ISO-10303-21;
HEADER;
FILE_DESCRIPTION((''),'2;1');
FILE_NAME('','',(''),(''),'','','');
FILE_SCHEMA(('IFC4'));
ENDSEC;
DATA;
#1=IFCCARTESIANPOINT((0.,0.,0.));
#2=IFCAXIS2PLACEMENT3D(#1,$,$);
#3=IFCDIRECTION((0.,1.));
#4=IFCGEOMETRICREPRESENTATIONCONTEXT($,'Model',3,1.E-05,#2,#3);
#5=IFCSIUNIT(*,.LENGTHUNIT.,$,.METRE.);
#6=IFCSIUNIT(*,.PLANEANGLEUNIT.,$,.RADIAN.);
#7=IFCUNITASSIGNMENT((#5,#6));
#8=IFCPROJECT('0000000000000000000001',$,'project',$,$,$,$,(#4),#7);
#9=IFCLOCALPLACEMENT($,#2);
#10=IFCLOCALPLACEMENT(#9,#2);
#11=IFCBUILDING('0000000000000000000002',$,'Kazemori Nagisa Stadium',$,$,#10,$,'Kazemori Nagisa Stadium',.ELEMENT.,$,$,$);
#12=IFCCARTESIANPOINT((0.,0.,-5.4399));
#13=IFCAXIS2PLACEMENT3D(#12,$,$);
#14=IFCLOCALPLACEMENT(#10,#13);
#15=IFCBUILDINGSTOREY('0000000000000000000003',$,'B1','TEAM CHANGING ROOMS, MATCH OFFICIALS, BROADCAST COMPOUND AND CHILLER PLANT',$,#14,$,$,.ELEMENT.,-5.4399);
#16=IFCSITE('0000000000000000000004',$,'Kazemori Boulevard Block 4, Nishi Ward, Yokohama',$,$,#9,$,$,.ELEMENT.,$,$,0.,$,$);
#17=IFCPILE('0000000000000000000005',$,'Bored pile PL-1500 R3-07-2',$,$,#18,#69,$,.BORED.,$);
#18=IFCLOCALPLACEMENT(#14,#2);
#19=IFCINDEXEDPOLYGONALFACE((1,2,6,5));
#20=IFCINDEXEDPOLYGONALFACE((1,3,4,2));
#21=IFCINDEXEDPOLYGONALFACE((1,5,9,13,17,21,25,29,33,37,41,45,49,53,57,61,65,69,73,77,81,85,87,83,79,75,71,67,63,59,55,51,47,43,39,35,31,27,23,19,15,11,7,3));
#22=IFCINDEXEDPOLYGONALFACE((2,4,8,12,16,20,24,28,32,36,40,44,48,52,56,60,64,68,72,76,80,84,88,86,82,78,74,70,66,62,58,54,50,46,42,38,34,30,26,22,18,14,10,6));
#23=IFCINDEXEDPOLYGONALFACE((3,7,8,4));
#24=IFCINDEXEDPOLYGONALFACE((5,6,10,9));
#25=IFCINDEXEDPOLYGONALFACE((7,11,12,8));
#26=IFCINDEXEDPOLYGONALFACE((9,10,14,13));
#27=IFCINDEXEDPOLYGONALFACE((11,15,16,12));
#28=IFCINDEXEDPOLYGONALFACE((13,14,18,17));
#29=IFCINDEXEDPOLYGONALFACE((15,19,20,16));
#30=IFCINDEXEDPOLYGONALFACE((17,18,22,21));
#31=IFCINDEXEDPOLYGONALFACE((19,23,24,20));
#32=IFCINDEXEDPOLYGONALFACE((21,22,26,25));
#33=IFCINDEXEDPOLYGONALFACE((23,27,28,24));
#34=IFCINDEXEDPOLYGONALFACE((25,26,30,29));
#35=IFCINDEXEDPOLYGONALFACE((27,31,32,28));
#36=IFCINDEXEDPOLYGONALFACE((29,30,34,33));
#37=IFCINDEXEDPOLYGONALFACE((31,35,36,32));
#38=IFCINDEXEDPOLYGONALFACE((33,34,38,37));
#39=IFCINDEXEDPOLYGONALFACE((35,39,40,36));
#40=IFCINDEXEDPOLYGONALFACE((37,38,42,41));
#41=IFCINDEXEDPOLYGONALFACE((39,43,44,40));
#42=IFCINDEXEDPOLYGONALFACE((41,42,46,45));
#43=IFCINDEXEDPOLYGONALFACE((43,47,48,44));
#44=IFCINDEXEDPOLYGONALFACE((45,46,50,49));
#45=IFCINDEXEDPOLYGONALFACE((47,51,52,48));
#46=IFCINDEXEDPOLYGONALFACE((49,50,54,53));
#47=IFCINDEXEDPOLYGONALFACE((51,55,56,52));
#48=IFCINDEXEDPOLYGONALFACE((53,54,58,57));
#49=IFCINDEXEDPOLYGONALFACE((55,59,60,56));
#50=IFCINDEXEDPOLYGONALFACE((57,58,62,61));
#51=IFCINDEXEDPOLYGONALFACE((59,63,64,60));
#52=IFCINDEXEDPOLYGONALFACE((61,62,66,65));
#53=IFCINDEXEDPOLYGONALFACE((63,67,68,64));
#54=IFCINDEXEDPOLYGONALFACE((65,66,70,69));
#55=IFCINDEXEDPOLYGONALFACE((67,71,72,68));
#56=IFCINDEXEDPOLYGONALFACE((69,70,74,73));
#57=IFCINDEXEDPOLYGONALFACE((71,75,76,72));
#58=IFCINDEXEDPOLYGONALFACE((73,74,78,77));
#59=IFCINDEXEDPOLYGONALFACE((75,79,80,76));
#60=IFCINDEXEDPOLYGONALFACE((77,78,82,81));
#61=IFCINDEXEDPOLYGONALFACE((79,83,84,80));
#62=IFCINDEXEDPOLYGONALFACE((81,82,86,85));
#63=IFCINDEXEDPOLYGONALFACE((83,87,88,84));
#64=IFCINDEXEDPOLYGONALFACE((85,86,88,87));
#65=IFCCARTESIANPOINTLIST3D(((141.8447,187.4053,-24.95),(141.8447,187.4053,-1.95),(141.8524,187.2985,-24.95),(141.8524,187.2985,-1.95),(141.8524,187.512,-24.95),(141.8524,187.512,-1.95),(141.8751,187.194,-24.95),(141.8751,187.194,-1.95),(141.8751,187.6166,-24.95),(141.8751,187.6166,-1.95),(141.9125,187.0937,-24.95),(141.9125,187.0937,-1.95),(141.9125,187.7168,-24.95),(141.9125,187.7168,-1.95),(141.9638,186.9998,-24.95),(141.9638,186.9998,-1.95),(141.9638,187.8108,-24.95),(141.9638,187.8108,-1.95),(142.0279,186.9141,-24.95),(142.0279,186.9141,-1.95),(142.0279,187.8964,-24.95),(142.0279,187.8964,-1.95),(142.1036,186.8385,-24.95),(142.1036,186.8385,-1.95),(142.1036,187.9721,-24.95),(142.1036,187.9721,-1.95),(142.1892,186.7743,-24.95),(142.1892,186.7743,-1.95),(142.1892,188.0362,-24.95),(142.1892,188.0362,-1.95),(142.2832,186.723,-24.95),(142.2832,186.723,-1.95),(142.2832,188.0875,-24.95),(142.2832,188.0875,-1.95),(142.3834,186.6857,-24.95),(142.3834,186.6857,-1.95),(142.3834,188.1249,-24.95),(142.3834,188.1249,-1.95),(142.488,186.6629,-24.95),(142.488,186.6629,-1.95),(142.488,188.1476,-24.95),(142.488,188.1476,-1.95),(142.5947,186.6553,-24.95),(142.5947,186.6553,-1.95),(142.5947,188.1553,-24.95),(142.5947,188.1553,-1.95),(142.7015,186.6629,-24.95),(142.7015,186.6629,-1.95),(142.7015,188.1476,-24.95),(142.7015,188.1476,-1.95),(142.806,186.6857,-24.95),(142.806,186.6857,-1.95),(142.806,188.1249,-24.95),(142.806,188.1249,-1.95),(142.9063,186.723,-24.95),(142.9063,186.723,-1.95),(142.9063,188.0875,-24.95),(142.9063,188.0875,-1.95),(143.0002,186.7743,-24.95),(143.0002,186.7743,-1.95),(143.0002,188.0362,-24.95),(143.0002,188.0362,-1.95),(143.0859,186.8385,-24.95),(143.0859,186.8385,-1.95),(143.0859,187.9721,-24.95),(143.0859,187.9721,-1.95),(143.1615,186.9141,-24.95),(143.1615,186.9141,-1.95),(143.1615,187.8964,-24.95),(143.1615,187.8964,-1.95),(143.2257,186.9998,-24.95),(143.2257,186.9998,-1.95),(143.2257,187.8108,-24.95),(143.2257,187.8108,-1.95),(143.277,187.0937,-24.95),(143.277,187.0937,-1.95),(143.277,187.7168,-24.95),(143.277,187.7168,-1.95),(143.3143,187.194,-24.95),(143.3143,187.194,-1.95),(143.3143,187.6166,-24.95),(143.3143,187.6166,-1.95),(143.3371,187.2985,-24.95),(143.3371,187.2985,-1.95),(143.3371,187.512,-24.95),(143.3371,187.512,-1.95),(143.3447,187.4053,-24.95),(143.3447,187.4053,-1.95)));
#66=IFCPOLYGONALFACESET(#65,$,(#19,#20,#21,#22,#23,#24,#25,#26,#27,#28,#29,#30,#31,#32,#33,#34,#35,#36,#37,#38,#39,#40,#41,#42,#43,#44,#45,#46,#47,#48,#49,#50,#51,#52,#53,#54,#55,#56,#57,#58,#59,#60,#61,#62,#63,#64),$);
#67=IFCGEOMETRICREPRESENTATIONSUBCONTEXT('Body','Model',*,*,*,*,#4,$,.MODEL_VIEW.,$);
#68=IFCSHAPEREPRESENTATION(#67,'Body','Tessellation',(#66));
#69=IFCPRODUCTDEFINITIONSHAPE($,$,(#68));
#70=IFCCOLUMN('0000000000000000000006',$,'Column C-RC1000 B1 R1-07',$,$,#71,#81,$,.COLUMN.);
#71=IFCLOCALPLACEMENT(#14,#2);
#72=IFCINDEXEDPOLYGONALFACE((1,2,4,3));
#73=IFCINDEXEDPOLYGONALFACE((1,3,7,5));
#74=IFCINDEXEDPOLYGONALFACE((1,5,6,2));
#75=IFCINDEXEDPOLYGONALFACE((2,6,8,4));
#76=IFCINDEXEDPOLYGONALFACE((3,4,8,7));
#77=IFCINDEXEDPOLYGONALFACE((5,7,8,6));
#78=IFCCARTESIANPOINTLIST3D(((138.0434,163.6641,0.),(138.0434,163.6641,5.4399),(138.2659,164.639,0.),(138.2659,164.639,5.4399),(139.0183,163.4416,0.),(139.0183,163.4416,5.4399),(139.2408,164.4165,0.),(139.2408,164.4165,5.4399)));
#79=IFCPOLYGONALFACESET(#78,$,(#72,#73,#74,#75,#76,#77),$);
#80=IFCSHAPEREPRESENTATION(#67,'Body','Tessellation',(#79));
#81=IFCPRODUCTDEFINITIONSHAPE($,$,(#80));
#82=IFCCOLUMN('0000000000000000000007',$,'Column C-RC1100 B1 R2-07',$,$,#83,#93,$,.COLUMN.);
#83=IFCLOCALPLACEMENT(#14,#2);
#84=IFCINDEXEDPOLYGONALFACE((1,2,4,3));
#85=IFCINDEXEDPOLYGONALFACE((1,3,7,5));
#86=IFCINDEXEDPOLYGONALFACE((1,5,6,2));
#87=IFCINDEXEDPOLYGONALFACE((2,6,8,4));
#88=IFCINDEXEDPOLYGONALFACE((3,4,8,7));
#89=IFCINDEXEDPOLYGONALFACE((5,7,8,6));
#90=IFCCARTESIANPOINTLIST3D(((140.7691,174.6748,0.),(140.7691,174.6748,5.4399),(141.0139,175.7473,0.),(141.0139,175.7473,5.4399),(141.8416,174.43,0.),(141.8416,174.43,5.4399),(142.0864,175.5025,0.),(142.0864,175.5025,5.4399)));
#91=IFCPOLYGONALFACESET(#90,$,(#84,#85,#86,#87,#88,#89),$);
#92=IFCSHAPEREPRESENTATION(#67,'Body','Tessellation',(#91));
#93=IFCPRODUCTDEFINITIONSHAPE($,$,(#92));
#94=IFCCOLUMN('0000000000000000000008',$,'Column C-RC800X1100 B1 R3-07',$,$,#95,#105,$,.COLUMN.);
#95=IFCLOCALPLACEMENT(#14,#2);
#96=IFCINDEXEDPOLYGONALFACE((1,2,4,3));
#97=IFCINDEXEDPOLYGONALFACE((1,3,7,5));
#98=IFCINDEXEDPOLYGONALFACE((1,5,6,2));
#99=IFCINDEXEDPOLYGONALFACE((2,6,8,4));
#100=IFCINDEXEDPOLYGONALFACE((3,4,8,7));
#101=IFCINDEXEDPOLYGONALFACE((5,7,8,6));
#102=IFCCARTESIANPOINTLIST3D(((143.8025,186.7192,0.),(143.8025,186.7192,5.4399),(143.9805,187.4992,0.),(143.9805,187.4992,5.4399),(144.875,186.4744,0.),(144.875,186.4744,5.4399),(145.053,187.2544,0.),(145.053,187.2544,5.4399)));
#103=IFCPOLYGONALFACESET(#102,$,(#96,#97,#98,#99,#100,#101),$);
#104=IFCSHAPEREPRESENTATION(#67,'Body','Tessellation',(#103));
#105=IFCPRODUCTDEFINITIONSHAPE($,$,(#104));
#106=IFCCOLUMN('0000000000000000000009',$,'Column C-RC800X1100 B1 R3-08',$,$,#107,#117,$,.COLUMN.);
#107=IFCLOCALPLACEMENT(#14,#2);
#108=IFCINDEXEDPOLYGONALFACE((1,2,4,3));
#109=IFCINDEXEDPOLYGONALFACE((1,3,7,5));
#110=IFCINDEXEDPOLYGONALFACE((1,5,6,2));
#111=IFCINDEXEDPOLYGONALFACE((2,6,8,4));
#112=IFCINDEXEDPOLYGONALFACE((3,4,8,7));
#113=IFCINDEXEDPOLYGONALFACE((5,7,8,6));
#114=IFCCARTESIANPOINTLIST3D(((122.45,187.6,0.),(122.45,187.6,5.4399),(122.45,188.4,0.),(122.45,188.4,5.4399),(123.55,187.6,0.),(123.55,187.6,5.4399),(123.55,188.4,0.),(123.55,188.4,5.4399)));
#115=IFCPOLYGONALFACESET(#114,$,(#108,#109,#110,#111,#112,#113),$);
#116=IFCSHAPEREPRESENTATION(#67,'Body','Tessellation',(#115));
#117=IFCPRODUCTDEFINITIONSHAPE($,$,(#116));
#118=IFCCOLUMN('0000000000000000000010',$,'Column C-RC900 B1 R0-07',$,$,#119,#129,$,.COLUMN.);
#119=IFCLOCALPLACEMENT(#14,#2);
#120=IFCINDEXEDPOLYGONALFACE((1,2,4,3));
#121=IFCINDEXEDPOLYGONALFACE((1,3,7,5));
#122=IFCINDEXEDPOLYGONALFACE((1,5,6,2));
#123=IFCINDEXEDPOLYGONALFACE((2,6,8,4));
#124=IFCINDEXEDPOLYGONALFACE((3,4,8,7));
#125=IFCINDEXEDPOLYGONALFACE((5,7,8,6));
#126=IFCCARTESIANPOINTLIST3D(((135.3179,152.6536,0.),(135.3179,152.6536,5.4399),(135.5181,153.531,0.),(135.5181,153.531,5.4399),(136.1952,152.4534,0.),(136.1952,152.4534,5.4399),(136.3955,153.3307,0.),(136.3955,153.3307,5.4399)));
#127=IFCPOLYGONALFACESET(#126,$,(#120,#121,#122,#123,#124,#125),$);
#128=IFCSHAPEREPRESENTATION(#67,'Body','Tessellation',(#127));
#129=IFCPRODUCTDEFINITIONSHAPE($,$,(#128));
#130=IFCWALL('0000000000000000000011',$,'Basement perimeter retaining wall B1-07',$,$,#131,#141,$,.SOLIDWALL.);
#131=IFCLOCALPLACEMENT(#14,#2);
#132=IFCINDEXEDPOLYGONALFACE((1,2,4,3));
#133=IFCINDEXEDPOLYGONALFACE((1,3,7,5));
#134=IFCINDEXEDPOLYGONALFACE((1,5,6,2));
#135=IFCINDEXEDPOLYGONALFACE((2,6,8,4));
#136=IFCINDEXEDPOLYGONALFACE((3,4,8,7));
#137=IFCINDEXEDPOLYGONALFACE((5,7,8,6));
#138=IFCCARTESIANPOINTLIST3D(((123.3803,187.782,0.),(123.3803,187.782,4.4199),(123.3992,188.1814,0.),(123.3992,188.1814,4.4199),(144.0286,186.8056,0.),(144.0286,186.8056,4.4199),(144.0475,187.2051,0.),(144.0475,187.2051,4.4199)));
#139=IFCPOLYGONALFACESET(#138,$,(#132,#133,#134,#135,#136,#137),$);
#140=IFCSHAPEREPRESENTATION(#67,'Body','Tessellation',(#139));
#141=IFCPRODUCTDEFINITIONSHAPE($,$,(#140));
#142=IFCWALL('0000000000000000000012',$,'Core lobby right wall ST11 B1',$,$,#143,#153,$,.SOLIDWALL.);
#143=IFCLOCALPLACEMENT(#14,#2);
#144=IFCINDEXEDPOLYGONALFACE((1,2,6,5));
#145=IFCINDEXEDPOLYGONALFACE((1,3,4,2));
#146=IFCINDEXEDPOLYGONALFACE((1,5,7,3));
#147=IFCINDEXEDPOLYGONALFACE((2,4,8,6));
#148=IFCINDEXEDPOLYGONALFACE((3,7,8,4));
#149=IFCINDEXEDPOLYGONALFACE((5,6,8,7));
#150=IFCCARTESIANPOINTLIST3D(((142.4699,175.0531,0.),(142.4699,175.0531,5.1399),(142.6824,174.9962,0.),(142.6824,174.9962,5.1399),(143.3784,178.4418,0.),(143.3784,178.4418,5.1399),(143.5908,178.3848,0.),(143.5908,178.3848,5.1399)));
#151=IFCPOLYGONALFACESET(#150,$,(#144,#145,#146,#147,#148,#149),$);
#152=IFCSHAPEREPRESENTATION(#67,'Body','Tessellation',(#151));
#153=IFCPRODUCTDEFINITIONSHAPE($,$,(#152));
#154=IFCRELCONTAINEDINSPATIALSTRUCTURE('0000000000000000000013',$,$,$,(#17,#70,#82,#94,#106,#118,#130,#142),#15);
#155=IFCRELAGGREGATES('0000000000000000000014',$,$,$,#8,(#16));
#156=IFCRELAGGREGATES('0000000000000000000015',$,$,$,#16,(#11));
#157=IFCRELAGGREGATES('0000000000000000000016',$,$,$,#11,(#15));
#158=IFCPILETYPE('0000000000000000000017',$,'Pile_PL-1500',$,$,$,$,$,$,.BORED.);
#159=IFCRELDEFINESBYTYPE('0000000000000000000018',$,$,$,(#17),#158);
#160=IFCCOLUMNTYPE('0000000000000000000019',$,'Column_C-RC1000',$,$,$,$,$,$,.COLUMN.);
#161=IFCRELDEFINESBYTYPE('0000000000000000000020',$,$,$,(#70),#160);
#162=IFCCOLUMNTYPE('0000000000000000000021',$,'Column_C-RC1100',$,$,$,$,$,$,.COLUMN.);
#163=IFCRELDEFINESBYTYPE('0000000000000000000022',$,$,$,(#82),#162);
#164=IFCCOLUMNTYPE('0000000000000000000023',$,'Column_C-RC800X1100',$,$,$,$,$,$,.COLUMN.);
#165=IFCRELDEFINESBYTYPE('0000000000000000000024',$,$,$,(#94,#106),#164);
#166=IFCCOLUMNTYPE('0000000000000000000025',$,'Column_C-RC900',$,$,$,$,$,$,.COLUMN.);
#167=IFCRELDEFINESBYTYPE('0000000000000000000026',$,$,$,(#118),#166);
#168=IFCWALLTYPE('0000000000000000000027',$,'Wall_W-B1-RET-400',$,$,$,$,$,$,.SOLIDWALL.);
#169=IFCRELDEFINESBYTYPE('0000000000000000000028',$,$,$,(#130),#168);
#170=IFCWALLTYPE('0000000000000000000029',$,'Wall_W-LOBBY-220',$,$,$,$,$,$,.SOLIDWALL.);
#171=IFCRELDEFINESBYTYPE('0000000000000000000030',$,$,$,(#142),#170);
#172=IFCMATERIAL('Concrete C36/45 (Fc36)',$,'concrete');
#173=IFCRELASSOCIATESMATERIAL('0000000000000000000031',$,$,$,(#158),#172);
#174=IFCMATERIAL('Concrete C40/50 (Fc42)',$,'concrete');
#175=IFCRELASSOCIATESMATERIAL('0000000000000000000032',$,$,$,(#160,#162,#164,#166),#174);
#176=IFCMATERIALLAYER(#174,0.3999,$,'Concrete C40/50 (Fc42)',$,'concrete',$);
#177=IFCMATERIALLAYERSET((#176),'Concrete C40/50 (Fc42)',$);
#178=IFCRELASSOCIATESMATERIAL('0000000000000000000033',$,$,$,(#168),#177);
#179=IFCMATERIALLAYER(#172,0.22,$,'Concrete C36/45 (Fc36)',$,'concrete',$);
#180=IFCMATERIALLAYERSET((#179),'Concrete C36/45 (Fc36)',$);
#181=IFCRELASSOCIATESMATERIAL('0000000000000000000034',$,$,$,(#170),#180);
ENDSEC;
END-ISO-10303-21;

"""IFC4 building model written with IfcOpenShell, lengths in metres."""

from ifc_helpers import new_model, si_unit, direction, frame, frame_2d, origin, origin_2d, place, context, subcontext, project, spatial, rectangle, circle, extrude, material, layer, layer_set, material_profile, profile_set, type_object, element, save


model = new_model("IFC4")

# Units and contexts
model_context = context("Model", 3, precision=1e-05, world=origin(), true_north=direction((0.0, 1.0)))
body_context = subcontext(model_context, "Body", "Model", "MODEL_VIEW")
ifc_project = project(units=[si_unit("LENGTHUNIT", "METRE"), si_unit("PLANEANGLEUNIT", "RADIAN")], contexts=[model_context])

# Site, building, storey
site_placement = place(None, origin())
site = spatial("IfcSite", under=ifc_project, at=site_placement, Name="Kazemori Boulevard Block 4, Nishi Ward, Yokohama", CompositionType="ELEMENT", RefElevation=0.0)
building_placement = place(site_placement, origin())
building = spatial("IfcBuilding", under=site, at=building_placement, Name="Kazemori Nagisa Stadium", LongName="Kazemori Nagisa Stadium", CompositionType="ELEMENT")
storey_placement = place(building_placement, frame((0.0, 0.0, -5.4399)))
storey = spatial("IfcBuildingStorey", under=building, at=storey_placement, Name="B1", Description="TEAM CHANGING ROOMS, MATCH OFFICIALS, BROADCAST COMPOUND AND CHILLER PLANT", CompositionType="ELEMENT", Elevation=-5.4399)

# Shared definitions
ifc_material_1 = material(Name="Concrete C40/50 (Fc42)", Category="concrete")

# Pile
ifc_material_2 = material(Name="Concrete C36/45 (Fc36)", Category="concrete")
ifc_material_profile_1 = material_profile(ifc_material_2, circle(Radius=0.75, at=origin_2d()), Name="PILE-D1500")
ifc_profile_set_1 = profile_set([ifc_material_profile_1], Name="Concrete C36/45 (Fc36)")
pile_type_1 = type_object("IfcPileType", Name="Pile_PL-1500", PredefinedType="BORED", material=ifc_profile_set_1)
for number, where, z_axis, x_axis, name in (
    (1, (142.5947, 187.4053, -1.95), (0.0, 0.0, -1.0), (1.0, 0.0, 0.0), "Bored pile PL-1500 R3-07-2"),
):
    element("IfcPile", number, at=place(storey_placement, frame(where, z_axis=z_axis, x_axis=x_axis)), inside=storey, type_object=pile_type_1, Name=name, PredefinedType="BORED", context=body_context, shape_type="SweptSolid", body=[
        extrude(circle(Radius=0.75, at=origin_2d()), origin(), (0.0, 0.0, 1.0), 23.0),
    ])

# Columns
ifc_material_profile_2 = material_profile(ifc_material_1, rectangle(XDim=1.0, YDim=1.0, at=origin_2d()), Name="RC-COL-1000x1000")
ifc_profile_set_2 = profile_set([ifc_material_profile_2], Name="Concrete C40/50 (Fc42)")
column_type_1 = type_object("IfcColumnType", Name="Column_C-RC1000", PredefinedType="COLUMN", material=ifc_profile_set_2)
column_1_placement = place(storey_placement, frame((138.6421, 164.0403, 0.0), z_axis=(0.0, 0.0, 1.0), x_axis=(0.222521, 0.974928, 0.0)))
element("IfcColumn", 2, at=column_1_placement, inside=storey, type_object=column_type_1, Name="Column C-RC1000 B1 R1-07", PredefinedType="COLUMN", context=body_context, shape_type="SweptSolid", body=[
    extrude(rectangle(XDim=1.0, YDim=1.0, at=origin_2d()), origin(), (0.0, 0.0, 1.0), 5.4399),
])
ifc_material_profile_3 = material_profile(ifc_material_1, rectangle(XDim=1.1001, YDim=1.1001, at=origin_2d()), Name="RC-COL-1100x1100")
ifc_profile_set_3 = profile_set([ifc_material_profile_3], Name="Concrete C40/50 (Fc42)")
column_type_2 = type_object("IfcColumnType", Name="Column_C-RC1100", PredefinedType="COLUMN", material=ifc_profile_set_3)
column_2_placement = place(storey_placement, frame((141.4277, 175.0886, 0.0), z_axis=(0.0, 0.0, 1.0), x_axis=(0.222521, 0.974928, 0.0)))
element("IfcColumn", 3, at=column_2_placement, inside=storey, type_object=column_type_2, Name="Column C-RC1100 B1 R2-07", PredefinedType="COLUMN", context=body_context, shape_type="SweptSolid", body=[
    extrude(rectangle(XDim=1.1001, YDim=1.1001, at=origin_2d()), origin(), (0.0, 0.0, 1.0), 5.4399),
])
ifc_material_profile_4 = material_profile(ifc_material_1, rectangle(XDim=0.8, YDim=1.1001, at=origin_2d()), Name="RC-COL-800x1100")
ifc_profile_set_4 = profile_set([ifc_material_profile_4], Name="Concrete C40/50 (Fc42)")
column_type_3 = type_object("IfcColumnType", Name="Column_C-RC800X1100", PredefinedType="COLUMN", material=ifc_profile_set_4)
for number, where, z_axis, x_axis, name in (
    (4, (144.4277, 186.9868, 0.0), (0.0, 0.0, 1.0), (0.222521, 0.974928, 0.0), "Column C-RC800X1100 B1 R3-07"),
    (5, (123.0, 188.0, 0.0), (0.0, 0.0, 1.0), (0.0, 1.0, 0.0), "Column C-RC800X1100 B1 R3-08"),
):
    element("IfcColumn", number, at=place(storey_placement, frame(where, z_axis=z_axis, x_axis=x_axis)), inside=storey, type_object=column_type_3, Name=name, PredefinedType="COLUMN", context=body_context, shape_type="SweptSolid", body=[
        extrude(rectangle(XDim=0.8, YDim=1.1001, at=origin_2d()), origin(), (0.0, 0.0, 1.0), 5.4399),
    ])
ifc_material_profile_5 = material_profile(ifc_material_1, rectangle(XDim=0.8999, YDim=0.8999, at=origin_2d()), Name="RC-COL-900x900")
ifc_profile_set_5 = profile_set([ifc_material_profile_5], Name="Concrete C40/50 (Fc42)")
column_type_4 = type_object("IfcColumnType", Name="Column_C-RC900", PredefinedType="COLUMN", material=ifc_profile_set_5)
column_3_placement = place(storey_placement, frame((135.8567, 152.9922, 0.0), z_axis=(0.0, 0.0, 1.0), x_axis=(0.222521, 0.974928, 0.0)))
element("IfcColumn", 6, at=column_3_placement, inside=storey, type_object=column_type_4, Name="Column C-RC900 B1 R0-07", PredefinedType="COLUMN", context=body_context, shape_type="SweptSolid", body=[
    extrude(rectangle(XDim=0.8999, YDim=0.8999, at=origin_2d()), origin(), (0.0, 0.0, 1.0), 5.4399),
])

# Walls
ifc_layer_1 = layer(ifc_material_1, 0.3999, Name="Concrete C40/50 (Fc42)", Category="concrete")
ifc_layer_set_1 = layer_set([ifc_layer_1], Name="Concrete C40/50 (Fc42)")
wall_type_1 = type_object("IfcWallType", Name="Wall_W-B1-RET-400", PredefinedType="SOLIDWALL", material=ifc_layer_set_1)
wall_1_placement = place(storey_placement, frame((144.0381, 187.0054, 0.0), z_axis=(0.0, 0.0, 1.0), x_axis=(-0.998884, 0.04723, 0.0)))
element("IfcWall", 7, at=wall_1_placement, inside=storey, type_object=wall_type_1, Name="Basement perimeter retaining wall B1-07", PredefinedType="SOLIDWALL", context=body_context, shape_type="SweptSolid", body=[
    extrude(rectangle(XDim=20.6714, YDim=0.3999, at=frame_2d((10.3357, 0.0))), origin(), (0.0, 0.0, 1.0), 4.4199),
])
ifc_layer_2 = layer(ifc_material_2, 0.22, Name="Concrete C36/45 (Fc36)", Category="concrete")
ifc_layer_set_2 = layer_set([ifc_layer_2], Name="Concrete C36/45 (Fc36)")
wall_type_2 = type_object("IfcWallType", Name="Wall_W-LOBBY-220", PredefinedType="SOLIDWALL", material=ifc_layer_set_2)
wall_2_placement = place(storey_placement, frame((142.5762, 175.0247, 0.0), z_axis=(0.0, 0.0, 1.0), x_axis=(0.25894, 0.965893, 0.0)))
element("IfcWall", 8, at=wall_2_placement, inside=storey, type_object=wall_type_2, Name="Core lobby right wall ST11 B1", PredefinedType="SOLIDWALL", context=body_context, shape_type="SweptSolid", body=[
    extrude(rectangle(XDim=3.5083, YDim=0.22, at=frame_2d((1.7542, 0.0))), origin(), (0.0, 0.0, 1.0), 5.1399),
])

save(model, "model.ifc")
